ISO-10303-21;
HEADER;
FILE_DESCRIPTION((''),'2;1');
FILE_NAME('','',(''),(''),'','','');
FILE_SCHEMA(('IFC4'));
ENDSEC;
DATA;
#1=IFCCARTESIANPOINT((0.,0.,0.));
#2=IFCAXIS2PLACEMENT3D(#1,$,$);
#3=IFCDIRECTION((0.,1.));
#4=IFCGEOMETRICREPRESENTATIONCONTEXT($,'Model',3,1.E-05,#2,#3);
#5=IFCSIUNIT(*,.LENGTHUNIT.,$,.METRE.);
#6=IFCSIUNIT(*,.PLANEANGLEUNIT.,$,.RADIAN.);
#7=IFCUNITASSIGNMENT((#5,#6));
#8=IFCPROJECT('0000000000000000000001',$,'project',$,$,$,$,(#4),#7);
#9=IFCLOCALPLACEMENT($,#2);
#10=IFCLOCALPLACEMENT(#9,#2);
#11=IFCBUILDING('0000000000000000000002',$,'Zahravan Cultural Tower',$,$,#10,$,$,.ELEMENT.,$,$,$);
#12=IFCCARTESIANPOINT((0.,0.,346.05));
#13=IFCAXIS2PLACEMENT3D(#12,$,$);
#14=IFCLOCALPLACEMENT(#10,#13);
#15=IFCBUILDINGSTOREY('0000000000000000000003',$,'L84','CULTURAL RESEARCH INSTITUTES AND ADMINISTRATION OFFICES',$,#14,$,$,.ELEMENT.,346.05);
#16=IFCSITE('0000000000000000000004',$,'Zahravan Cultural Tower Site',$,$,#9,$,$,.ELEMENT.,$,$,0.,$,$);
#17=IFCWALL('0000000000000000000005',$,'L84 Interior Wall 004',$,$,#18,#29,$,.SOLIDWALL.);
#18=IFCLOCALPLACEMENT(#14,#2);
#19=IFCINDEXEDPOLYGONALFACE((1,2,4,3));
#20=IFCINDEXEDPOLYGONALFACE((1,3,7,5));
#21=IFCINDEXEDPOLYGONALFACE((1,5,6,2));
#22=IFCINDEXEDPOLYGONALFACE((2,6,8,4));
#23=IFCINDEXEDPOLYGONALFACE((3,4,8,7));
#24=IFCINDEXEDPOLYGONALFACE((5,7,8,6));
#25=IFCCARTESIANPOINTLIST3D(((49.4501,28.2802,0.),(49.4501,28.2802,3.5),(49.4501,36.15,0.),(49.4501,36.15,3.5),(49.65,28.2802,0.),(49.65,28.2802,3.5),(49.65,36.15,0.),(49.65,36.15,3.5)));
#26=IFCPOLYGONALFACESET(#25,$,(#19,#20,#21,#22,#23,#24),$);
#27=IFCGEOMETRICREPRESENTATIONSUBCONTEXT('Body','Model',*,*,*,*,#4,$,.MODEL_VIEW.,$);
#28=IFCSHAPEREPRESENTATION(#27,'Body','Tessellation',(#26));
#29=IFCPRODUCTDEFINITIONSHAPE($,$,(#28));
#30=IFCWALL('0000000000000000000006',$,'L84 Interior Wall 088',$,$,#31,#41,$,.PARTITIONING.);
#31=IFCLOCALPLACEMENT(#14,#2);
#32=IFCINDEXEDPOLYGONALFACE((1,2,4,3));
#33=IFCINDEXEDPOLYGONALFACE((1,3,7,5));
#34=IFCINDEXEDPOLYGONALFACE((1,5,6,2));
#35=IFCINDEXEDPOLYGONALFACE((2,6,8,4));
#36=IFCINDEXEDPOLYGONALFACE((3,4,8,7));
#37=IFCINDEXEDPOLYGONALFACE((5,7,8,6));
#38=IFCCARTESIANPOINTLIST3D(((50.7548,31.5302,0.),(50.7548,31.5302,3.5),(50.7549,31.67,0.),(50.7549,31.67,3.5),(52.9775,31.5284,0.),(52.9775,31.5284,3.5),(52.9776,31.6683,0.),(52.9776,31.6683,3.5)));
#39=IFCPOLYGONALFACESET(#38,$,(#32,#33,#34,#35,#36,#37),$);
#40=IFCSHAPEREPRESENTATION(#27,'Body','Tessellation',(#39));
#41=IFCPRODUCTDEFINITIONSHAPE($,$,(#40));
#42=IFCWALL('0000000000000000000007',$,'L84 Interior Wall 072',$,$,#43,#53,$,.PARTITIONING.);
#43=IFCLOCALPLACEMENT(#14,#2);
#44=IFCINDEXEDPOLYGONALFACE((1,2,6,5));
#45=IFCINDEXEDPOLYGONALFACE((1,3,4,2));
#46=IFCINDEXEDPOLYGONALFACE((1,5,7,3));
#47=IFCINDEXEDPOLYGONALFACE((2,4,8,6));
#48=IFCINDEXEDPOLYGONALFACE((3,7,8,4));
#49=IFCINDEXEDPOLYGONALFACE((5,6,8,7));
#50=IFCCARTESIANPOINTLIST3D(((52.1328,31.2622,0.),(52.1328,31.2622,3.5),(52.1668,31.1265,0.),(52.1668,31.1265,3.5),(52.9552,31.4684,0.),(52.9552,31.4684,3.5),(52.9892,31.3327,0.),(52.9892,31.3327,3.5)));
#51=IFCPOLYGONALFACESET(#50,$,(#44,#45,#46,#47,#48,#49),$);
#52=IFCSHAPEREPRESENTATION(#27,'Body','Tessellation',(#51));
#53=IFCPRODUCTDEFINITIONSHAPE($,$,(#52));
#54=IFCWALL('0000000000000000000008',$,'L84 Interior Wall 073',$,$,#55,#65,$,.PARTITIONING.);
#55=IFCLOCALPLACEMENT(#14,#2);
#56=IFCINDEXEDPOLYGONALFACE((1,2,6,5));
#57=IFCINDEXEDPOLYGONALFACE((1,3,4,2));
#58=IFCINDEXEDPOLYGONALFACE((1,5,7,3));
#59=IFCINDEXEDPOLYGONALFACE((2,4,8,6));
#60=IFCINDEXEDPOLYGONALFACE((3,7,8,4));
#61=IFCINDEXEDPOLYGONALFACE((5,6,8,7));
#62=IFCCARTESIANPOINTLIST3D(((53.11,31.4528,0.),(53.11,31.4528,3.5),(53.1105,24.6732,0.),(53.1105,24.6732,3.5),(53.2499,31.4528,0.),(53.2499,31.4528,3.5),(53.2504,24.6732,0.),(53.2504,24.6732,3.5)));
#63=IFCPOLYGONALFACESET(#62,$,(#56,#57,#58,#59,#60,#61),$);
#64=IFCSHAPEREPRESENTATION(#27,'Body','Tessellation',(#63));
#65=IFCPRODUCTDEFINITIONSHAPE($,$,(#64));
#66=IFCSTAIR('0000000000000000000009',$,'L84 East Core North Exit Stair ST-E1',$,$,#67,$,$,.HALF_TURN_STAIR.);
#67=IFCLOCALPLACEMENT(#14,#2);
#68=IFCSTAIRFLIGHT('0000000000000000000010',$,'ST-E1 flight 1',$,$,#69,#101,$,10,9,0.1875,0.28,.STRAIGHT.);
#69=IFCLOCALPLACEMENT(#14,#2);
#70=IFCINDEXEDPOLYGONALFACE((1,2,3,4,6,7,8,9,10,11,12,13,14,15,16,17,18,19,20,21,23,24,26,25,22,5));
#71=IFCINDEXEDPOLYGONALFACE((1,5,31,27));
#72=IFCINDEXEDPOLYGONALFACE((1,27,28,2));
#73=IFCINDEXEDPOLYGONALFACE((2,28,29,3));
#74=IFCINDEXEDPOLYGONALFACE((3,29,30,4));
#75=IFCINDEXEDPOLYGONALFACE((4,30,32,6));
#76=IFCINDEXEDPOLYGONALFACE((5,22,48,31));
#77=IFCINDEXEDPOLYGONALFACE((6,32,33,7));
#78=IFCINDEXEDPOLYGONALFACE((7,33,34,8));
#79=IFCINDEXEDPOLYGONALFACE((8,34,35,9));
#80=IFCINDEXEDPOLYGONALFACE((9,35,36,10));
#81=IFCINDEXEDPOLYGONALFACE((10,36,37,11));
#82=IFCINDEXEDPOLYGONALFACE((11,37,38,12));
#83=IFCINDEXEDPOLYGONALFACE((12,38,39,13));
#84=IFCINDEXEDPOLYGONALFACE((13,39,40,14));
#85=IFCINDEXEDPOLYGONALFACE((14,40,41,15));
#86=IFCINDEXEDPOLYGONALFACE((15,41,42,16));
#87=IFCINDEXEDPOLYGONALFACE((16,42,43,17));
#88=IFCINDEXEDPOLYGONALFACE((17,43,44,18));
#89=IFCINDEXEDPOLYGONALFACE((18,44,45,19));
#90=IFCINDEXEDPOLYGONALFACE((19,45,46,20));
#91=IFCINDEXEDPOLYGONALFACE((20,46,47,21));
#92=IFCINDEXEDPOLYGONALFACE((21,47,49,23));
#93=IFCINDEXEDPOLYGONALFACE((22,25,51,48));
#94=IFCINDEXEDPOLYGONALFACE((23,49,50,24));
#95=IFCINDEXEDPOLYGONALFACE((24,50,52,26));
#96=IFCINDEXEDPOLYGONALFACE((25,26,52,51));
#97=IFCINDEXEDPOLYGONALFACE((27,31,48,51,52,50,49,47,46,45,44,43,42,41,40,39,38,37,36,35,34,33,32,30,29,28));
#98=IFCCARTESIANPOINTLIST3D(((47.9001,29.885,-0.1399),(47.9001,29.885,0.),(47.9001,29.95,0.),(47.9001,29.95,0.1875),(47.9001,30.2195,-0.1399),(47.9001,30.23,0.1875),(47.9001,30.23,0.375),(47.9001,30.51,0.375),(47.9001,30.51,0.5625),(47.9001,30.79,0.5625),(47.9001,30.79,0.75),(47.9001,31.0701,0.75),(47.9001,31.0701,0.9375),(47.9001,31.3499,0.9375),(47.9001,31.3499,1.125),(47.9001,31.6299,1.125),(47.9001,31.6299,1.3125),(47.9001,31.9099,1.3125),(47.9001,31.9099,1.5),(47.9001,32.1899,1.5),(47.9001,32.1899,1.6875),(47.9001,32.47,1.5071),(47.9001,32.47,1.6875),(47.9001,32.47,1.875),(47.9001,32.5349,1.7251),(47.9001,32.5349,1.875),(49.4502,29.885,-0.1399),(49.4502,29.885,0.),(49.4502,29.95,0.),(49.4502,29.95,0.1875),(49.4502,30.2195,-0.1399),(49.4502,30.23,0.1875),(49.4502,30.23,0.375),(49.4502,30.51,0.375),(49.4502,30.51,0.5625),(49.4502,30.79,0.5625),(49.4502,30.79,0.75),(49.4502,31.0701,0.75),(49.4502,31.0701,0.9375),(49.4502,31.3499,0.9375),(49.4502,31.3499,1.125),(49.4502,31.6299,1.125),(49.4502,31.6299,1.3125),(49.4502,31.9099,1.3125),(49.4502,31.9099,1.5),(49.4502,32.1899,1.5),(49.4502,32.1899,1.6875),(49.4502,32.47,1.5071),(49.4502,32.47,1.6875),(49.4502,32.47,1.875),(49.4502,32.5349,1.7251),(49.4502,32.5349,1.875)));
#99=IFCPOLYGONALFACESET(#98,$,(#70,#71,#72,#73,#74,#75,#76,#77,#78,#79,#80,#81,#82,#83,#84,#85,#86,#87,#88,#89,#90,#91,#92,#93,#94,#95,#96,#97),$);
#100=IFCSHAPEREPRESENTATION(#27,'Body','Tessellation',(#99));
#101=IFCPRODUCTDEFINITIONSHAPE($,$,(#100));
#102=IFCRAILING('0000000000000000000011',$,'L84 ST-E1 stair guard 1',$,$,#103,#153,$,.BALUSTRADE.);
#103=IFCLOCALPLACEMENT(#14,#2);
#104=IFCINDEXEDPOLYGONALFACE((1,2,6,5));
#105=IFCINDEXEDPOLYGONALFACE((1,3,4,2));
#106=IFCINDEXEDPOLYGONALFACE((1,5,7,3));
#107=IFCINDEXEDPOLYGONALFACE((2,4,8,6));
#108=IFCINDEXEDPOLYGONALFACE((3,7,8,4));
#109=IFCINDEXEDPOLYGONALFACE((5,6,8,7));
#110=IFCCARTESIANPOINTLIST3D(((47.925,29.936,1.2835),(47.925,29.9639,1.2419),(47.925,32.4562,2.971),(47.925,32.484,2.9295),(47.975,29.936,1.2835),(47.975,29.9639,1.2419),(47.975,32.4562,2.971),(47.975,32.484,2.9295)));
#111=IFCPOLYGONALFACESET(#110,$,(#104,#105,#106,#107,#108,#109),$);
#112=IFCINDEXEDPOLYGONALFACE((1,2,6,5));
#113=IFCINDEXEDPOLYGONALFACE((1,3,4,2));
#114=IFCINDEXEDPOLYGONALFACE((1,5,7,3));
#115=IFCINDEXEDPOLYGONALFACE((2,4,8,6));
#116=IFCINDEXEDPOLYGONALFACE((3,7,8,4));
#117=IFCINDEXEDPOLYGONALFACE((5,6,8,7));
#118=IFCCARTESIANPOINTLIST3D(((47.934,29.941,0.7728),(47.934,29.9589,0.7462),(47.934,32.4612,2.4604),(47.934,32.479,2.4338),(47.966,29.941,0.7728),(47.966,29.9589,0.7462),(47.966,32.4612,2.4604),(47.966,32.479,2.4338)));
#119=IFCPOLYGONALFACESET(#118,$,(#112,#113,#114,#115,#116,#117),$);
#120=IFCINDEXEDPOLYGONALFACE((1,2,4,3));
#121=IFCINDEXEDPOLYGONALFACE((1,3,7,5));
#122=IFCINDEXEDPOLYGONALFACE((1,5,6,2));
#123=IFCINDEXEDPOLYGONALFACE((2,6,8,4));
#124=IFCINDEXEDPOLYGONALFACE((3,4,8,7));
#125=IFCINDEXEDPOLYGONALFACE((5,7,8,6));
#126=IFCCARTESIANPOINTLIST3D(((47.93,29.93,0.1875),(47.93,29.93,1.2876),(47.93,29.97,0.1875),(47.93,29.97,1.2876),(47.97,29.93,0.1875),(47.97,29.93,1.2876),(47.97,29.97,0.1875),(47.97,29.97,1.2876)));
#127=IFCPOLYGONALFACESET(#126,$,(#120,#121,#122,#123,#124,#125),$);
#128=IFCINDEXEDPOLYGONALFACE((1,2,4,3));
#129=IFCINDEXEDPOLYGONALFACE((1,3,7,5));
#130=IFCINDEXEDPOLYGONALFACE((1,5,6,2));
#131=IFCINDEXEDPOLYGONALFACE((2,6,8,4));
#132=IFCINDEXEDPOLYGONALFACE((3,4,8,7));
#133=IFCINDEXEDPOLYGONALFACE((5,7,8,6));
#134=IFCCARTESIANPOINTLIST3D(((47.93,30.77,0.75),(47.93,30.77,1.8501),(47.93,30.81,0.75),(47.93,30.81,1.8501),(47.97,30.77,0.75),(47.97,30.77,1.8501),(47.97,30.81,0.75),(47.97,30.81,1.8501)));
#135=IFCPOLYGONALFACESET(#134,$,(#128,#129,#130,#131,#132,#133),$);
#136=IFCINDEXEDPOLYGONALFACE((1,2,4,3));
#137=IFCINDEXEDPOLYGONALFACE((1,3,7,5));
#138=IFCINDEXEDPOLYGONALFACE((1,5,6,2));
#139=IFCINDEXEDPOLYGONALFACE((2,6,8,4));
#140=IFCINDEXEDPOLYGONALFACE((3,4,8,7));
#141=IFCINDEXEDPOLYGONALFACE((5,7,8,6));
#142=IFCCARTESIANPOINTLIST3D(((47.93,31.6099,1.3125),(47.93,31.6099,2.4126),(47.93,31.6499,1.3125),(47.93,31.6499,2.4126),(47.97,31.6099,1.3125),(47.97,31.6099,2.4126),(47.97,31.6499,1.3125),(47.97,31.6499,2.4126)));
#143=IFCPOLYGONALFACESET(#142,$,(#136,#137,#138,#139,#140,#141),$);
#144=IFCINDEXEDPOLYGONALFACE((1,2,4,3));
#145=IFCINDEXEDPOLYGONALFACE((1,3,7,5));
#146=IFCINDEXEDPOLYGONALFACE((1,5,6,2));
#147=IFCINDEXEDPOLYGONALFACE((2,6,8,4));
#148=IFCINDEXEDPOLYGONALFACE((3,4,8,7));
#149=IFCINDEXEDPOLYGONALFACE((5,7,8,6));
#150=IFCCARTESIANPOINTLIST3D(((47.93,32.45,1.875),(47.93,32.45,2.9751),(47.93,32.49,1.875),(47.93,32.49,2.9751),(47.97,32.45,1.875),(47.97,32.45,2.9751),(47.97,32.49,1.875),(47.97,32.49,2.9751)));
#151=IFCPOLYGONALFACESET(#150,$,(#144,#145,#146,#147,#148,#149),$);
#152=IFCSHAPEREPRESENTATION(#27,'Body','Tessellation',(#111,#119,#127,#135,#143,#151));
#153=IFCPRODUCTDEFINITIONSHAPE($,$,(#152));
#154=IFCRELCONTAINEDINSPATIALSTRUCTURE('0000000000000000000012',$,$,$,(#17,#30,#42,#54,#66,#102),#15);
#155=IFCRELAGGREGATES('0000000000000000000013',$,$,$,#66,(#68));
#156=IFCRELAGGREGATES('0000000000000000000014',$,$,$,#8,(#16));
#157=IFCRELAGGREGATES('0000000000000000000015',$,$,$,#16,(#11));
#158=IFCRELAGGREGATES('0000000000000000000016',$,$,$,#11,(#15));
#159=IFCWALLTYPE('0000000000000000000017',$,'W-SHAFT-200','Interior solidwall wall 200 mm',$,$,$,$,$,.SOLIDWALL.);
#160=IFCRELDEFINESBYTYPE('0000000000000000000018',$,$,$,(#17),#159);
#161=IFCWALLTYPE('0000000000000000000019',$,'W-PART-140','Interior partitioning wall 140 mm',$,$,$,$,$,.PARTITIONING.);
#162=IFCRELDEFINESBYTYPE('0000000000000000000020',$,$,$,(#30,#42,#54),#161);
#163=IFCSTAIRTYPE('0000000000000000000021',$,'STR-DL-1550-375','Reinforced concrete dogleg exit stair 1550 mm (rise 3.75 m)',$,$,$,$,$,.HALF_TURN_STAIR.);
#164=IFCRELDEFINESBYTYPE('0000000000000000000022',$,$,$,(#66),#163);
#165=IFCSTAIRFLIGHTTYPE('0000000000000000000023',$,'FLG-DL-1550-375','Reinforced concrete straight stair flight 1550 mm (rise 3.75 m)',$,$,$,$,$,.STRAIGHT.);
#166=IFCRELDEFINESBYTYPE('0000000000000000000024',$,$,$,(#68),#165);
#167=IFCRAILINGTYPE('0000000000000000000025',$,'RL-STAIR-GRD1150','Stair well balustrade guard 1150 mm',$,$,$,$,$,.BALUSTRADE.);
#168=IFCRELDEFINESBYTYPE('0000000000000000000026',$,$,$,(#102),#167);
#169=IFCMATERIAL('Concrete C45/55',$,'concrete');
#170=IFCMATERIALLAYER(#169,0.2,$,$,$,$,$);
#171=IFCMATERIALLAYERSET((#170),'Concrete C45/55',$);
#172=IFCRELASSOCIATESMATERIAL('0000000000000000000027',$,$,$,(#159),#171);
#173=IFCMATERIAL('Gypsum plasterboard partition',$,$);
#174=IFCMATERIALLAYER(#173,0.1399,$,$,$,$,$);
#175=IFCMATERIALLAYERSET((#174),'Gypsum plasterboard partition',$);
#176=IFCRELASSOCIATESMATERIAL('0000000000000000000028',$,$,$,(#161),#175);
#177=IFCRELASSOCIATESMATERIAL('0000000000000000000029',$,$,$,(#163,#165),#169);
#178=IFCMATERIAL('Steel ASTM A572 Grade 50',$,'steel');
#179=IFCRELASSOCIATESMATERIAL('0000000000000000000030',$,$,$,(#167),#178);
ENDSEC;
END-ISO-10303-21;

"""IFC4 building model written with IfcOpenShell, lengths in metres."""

from ifc_helpers import new_model, si_unit, direction, frame, frame_2d, origin, origin_2d, place, context, subcontext, project, spatial, polyline, rectangle, outline, extrude, source, transform, mapped, material, layer, layer_set, type_object, element, aggregate, save


model = new_model("IFC4")

# Units and contexts
model_context = context("Model", 3, precision=1e-05, world=origin(), true_north=direction((0.0, 1.0)))
body_context = subcontext(model_context, "Body", "Model", "MODEL_VIEW")
ifc_project = project(units=[si_unit("LENGTHUNIT", "METRE"), si_unit("PLANEANGLEUNIT", "RADIAN")], contexts=[model_context])

# Site, building, storey
site_placement = place(None, origin())
site = spatial("IfcSite", under=ifc_project, at=site_placement, Name="Zahravan Cultural Tower Site", CompositionType="ELEMENT", RefElevation=0.0)
building_placement = place(site_placement, origin())
building = spatial("IfcBuilding", under=site, at=building_placement, Name="Zahravan Cultural Tower", CompositionType="ELEMENT")
storey_placement = place(building_placement, frame((0.0, 0.0, 346.05)))
storey = spatial("IfcBuildingStorey", under=building, at=storey_placement, Name="L84", Description="CULTURAL RESEARCH INSTITUTES AND ADMINISTRATION OFFICES", CompositionType="ELEMENT", Elevation=346.05)

# Walls
ifc_material_1 = material(Name="Concrete C45/55", Category="concrete")
ifc_layer_1 = layer(ifc_material_1, 0.2)
ifc_layer_set_1 = layer_set([ifc_layer_1], Name="Concrete C45/55")
wall_type_1 = type_object("IfcWallType", Name="W-SHAFT-200", Description="Interior solidwall wall 200 mm", PredefinedType="SOLIDWALL", material=ifc_layer_set_1)
shared_shape_1 = source(origin(), body_context, "Body", "SweptSolid", [
    extrude(rectangle(XDim=7.8699, YDim=0.2, at=frame_2d((3.9351, 0.0))), origin(), (0.0, 0.0, 1.0), 3.5),
])
wall_1_placement = place(storey_placement, frame((49.55, 28.28, 0.0), z_axis=(0.0, 0.0, 1.0), x_axis=(0.0, 1.0, 0.0)))
element("IfcWall", 1, at=wall_1_placement, inside=storey, type_object=wall_type_1, Name="L84 Interior Wall 004", PredefinedType="SOLIDWALL", context=body_context, shape_type="MappedRepresentation", body=[
    mapped(shared_shape_1, transform((0.0, 0.0, 0.0), x_axis=(1.0, 0.0, 0.0), y_axis=(0.0, 1.0, 0.0), z_axis=(0.0, 0.0, 1.0), scale=1.0)),
])
ifc_material_2 = material(Name="Gypsum plasterboard partition")
ifc_layer_2 = layer(ifc_material_2, 0.1399)
ifc_layer_set_2 = layer_set([ifc_layer_2], Name="Gypsum plasterboard partition")
wall_type_2 = type_object("IfcWallType", Name="W-PART-140", Description="Interior partitioning wall 140 mm", PredefinedType="PARTITIONING", material=ifc_layer_set_2)
shared_shape_2 = source(origin(), body_context, "Body", "SweptSolid", [
    extrude(rectangle(XDim=2.2227, YDim=0.1399, at=frame_2d((1.1113, 0.0))), origin(), (0.0, 0.0, 1.0), 3.5),
])
wall_2_placement = place(storey_placement, frame((52.9775, 31.5984, 0.0), z_axis=(0.0, 0.0, 1.0), x_axis=(-1.0, 0.000769, 0.0)))
element("IfcWall", 2, at=wall_2_placement, inside=storey, type_object=wall_type_2, Name="L84 Interior Wall 088", PredefinedType="PARTITIONING", context=body_context, shape_type="MappedRepresentation", body=[
    mapped(shared_shape_2, transform((0.0, 0.0, 0.0), x_axis=(1.0, 0.0, 0.0), y_axis=(0.0, 1.0, 0.0), z_axis=(0.0, 0.0, 1.0), scale=1.0)),
])
shared_shape_3 = source(origin(), body_context, "Body", "SweptSolid", [
    extrude(rectangle(XDim=0.8479, YDim=0.1399, at=frame_2d((0.4238, 0.0))), origin(), (0.0, 0.0, 1.0), 3.5),
])
wall_3_placement = place(storey_placement, frame((52.1499, 31.1943, 0.0), z_axis=(0.0, 0.0, 1.0), x_axis=(0.969956, 0.243281, 0.0)))
element("IfcWall", 3, at=wall_3_placement, inside=storey, type_object=wall_type_2, Name="L84 Interior Wall 072", PredefinedType="PARTITIONING", context=body_context, shape_type="MappedRepresentation", body=[
    mapped(shared_shape_3, transform((0.0, 0.0, 0.0), x_axis=(1.0, 0.0, 0.0), y_axis=(0.0, 1.0, 0.0), z_axis=(0.0, 0.0, 1.0), scale=1.0)),
])
shared_shape_4 = source(origin(), body_context, "Body", "SweptSolid", [
    extrude(rectangle(XDim=6.7795, YDim=0.1399, at=frame_2d((3.3896, 0.0))), origin(), (0.0, 0.0, 1.0), 3.5),
])
wall_4_placement = place(storey_placement, frame((53.1799, 31.4526, 0.0), z_axis=(0.0, 0.0, 1.0), x_axis=(0.000072, -1.0, 0.0)))
element("IfcWall", 4, at=wall_4_placement, inside=storey, type_object=wall_type_2, Name="L84 Interior Wall 073", PredefinedType="PARTITIONING", context=body_context, shape_type="MappedRepresentation", body=[
    mapped(shared_shape_4, transform((0.0, 0.0, 0.0), x_axis=(1.0, 0.0, 0.0), y_axis=(0.0, 1.0, 0.0), z_axis=(0.0, 0.0, 1.0), scale=1.0)),
])

# Stair, stair flight
stair_type = type_object("IfcStairType", Name="STR-DL-1550-375", Description="Reinforced concrete dogleg exit stair 1550 mm (rise 3.75 m)", PredefinedType="HALF_TURN_STAIR", material=ifc_material_1)
stair_placement = place(storey_placement, origin())
stair = element("IfcStair", 5, at=stair_placement, inside=storey, type_object=stair_type, Name="L84 East Core North Exit Stair ST-E1", PredefinedType="HALF_TURN_STAIR")
stair_flight_type = type_object("IfcStairFlightType", Name="FLG-DL-1550-375", Description="Reinforced concrete straight stair flight 1550 mm (rise 3.75 m)", PredefinedType="STRAIGHT", material=ifc_material_1)
stair_flight_placement = place(storey_placement, frame((48.675, 29.95, 0.0), z_axis=(0.0, 0.0, 1.0), x_axis=(0.0, 1.0, 0.0)))
stair_flight = element("IfcStairFlight", 6, at=stair_flight_placement, type_object=stair_flight_type, Name="ST-E1 flight 1", NumberOfRisers=10, NumberOfTreads=9, PredefinedType="STRAIGHT", RiserHeight=0.1875, TreadLength=0.28, context=body_context, shape_type="SweptSolid", body=[
    extrude(outline(polyline([(-0.0649, -0.1399), (-0.0649, 0.0), (0.0, 0.0), (0.0, 0.1875), (0.28, 0.1875), (0.28, 0.375), (0.5601, 0.375), (0.5601, 0.5625), (0.8401, 0.5625), (0.8401, 0.75), (1.1201, 0.75), (1.1201, 0.9375), (1.3999, 0.9375), (1.3999, 1.125), (1.6799, 1.125), (1.6799, 1.3125), (1.96, 1.3125), (1.96, 1.5), (2.24, 1.5), (2.24, 1.6875), (2.52, 1.6875), (2.52, 1.875), (2.585, 1.875), (2.585, 1.7251), (2.52, 1.5071), (0.2695, -0.1399), (-0.0649, -0.1399)])), frame((0.0, 0.7749, 0.0), z_axis=(0.0, -1.0, 0.0), x_axis=(1.0, 0.0, 0.0)), (0.0, 0.0, 1.0), 1.55),
])
aggregate(stair, [stair_flight])

# Railing
ifc_material_3 = material(Name="Steel ASTM A572 Grade 50", Category="steel")
railing_type_1 = type_object("IfcRailingType", Name="RL-STAIR-GRD1150", Description="Stair well balustrade guard 1150 mm", PredefinedType="BALUSTRADE", material=ifc_material_3)
railing_1_placement = place(storey_placement, frame((47.95, 29.95, 0.1875)))
element("IfcRailing", 7, at=railing_1_placement, inside=storey, type_object=railing_type_1, Name="L84 ST-E1 stair guard 1", PredefinedType="BALUSTRADE", context=body_context, shape_type="SweptSolid", body=[
    extrude(rectangle(XDim=0.05, YDim=0.05, at=origin_2d()), frame((0.0, 0.0, 1.0752), z_axis=(0.0, 0.830909, 0.556408), x_axis=(-1.0, 0.0, 0.0)), (0.0, 0.0, 1.0), 3.033),
    extrude(rectangle(XDim=0.032, YDim=0.032, at=origin_2d()), frame((0.0, 0.0, 0.572), z_axis=(0.0, 0.830909, 0.556408), x_axis=(-1.0, 0.0, 0.0)), (0.0, 0.0, 1.0), 3.033),
    extrude(rectangle(XDim=0.04, YDim=0.04, at=origin_2d()), origin(), (0.0, 0.0, 1.0), 1.1001),
    extrude(rectangle(XDim=0.04, YDim=0.04, at=origin_2d()), frame((0.0, 0.8401, 0.5625)), (0.0, 0.0, 1.0), 1.1001),
    extrude(rectangle(XDim=0.04, YDim=0.04, at=origin_2d()), frame((0.0, 1.6799, 1.125)), (0.0, 0.0, 1.0), 1.1001),
    extrude(rectangle(XDim=0.04, YDim=0.04, at=origin_2d()), frame((0.0, 2.52, 1.6875)), (0.0, 0.0, 1.0), 1.1001),
])

save(model, "model.ifc")
